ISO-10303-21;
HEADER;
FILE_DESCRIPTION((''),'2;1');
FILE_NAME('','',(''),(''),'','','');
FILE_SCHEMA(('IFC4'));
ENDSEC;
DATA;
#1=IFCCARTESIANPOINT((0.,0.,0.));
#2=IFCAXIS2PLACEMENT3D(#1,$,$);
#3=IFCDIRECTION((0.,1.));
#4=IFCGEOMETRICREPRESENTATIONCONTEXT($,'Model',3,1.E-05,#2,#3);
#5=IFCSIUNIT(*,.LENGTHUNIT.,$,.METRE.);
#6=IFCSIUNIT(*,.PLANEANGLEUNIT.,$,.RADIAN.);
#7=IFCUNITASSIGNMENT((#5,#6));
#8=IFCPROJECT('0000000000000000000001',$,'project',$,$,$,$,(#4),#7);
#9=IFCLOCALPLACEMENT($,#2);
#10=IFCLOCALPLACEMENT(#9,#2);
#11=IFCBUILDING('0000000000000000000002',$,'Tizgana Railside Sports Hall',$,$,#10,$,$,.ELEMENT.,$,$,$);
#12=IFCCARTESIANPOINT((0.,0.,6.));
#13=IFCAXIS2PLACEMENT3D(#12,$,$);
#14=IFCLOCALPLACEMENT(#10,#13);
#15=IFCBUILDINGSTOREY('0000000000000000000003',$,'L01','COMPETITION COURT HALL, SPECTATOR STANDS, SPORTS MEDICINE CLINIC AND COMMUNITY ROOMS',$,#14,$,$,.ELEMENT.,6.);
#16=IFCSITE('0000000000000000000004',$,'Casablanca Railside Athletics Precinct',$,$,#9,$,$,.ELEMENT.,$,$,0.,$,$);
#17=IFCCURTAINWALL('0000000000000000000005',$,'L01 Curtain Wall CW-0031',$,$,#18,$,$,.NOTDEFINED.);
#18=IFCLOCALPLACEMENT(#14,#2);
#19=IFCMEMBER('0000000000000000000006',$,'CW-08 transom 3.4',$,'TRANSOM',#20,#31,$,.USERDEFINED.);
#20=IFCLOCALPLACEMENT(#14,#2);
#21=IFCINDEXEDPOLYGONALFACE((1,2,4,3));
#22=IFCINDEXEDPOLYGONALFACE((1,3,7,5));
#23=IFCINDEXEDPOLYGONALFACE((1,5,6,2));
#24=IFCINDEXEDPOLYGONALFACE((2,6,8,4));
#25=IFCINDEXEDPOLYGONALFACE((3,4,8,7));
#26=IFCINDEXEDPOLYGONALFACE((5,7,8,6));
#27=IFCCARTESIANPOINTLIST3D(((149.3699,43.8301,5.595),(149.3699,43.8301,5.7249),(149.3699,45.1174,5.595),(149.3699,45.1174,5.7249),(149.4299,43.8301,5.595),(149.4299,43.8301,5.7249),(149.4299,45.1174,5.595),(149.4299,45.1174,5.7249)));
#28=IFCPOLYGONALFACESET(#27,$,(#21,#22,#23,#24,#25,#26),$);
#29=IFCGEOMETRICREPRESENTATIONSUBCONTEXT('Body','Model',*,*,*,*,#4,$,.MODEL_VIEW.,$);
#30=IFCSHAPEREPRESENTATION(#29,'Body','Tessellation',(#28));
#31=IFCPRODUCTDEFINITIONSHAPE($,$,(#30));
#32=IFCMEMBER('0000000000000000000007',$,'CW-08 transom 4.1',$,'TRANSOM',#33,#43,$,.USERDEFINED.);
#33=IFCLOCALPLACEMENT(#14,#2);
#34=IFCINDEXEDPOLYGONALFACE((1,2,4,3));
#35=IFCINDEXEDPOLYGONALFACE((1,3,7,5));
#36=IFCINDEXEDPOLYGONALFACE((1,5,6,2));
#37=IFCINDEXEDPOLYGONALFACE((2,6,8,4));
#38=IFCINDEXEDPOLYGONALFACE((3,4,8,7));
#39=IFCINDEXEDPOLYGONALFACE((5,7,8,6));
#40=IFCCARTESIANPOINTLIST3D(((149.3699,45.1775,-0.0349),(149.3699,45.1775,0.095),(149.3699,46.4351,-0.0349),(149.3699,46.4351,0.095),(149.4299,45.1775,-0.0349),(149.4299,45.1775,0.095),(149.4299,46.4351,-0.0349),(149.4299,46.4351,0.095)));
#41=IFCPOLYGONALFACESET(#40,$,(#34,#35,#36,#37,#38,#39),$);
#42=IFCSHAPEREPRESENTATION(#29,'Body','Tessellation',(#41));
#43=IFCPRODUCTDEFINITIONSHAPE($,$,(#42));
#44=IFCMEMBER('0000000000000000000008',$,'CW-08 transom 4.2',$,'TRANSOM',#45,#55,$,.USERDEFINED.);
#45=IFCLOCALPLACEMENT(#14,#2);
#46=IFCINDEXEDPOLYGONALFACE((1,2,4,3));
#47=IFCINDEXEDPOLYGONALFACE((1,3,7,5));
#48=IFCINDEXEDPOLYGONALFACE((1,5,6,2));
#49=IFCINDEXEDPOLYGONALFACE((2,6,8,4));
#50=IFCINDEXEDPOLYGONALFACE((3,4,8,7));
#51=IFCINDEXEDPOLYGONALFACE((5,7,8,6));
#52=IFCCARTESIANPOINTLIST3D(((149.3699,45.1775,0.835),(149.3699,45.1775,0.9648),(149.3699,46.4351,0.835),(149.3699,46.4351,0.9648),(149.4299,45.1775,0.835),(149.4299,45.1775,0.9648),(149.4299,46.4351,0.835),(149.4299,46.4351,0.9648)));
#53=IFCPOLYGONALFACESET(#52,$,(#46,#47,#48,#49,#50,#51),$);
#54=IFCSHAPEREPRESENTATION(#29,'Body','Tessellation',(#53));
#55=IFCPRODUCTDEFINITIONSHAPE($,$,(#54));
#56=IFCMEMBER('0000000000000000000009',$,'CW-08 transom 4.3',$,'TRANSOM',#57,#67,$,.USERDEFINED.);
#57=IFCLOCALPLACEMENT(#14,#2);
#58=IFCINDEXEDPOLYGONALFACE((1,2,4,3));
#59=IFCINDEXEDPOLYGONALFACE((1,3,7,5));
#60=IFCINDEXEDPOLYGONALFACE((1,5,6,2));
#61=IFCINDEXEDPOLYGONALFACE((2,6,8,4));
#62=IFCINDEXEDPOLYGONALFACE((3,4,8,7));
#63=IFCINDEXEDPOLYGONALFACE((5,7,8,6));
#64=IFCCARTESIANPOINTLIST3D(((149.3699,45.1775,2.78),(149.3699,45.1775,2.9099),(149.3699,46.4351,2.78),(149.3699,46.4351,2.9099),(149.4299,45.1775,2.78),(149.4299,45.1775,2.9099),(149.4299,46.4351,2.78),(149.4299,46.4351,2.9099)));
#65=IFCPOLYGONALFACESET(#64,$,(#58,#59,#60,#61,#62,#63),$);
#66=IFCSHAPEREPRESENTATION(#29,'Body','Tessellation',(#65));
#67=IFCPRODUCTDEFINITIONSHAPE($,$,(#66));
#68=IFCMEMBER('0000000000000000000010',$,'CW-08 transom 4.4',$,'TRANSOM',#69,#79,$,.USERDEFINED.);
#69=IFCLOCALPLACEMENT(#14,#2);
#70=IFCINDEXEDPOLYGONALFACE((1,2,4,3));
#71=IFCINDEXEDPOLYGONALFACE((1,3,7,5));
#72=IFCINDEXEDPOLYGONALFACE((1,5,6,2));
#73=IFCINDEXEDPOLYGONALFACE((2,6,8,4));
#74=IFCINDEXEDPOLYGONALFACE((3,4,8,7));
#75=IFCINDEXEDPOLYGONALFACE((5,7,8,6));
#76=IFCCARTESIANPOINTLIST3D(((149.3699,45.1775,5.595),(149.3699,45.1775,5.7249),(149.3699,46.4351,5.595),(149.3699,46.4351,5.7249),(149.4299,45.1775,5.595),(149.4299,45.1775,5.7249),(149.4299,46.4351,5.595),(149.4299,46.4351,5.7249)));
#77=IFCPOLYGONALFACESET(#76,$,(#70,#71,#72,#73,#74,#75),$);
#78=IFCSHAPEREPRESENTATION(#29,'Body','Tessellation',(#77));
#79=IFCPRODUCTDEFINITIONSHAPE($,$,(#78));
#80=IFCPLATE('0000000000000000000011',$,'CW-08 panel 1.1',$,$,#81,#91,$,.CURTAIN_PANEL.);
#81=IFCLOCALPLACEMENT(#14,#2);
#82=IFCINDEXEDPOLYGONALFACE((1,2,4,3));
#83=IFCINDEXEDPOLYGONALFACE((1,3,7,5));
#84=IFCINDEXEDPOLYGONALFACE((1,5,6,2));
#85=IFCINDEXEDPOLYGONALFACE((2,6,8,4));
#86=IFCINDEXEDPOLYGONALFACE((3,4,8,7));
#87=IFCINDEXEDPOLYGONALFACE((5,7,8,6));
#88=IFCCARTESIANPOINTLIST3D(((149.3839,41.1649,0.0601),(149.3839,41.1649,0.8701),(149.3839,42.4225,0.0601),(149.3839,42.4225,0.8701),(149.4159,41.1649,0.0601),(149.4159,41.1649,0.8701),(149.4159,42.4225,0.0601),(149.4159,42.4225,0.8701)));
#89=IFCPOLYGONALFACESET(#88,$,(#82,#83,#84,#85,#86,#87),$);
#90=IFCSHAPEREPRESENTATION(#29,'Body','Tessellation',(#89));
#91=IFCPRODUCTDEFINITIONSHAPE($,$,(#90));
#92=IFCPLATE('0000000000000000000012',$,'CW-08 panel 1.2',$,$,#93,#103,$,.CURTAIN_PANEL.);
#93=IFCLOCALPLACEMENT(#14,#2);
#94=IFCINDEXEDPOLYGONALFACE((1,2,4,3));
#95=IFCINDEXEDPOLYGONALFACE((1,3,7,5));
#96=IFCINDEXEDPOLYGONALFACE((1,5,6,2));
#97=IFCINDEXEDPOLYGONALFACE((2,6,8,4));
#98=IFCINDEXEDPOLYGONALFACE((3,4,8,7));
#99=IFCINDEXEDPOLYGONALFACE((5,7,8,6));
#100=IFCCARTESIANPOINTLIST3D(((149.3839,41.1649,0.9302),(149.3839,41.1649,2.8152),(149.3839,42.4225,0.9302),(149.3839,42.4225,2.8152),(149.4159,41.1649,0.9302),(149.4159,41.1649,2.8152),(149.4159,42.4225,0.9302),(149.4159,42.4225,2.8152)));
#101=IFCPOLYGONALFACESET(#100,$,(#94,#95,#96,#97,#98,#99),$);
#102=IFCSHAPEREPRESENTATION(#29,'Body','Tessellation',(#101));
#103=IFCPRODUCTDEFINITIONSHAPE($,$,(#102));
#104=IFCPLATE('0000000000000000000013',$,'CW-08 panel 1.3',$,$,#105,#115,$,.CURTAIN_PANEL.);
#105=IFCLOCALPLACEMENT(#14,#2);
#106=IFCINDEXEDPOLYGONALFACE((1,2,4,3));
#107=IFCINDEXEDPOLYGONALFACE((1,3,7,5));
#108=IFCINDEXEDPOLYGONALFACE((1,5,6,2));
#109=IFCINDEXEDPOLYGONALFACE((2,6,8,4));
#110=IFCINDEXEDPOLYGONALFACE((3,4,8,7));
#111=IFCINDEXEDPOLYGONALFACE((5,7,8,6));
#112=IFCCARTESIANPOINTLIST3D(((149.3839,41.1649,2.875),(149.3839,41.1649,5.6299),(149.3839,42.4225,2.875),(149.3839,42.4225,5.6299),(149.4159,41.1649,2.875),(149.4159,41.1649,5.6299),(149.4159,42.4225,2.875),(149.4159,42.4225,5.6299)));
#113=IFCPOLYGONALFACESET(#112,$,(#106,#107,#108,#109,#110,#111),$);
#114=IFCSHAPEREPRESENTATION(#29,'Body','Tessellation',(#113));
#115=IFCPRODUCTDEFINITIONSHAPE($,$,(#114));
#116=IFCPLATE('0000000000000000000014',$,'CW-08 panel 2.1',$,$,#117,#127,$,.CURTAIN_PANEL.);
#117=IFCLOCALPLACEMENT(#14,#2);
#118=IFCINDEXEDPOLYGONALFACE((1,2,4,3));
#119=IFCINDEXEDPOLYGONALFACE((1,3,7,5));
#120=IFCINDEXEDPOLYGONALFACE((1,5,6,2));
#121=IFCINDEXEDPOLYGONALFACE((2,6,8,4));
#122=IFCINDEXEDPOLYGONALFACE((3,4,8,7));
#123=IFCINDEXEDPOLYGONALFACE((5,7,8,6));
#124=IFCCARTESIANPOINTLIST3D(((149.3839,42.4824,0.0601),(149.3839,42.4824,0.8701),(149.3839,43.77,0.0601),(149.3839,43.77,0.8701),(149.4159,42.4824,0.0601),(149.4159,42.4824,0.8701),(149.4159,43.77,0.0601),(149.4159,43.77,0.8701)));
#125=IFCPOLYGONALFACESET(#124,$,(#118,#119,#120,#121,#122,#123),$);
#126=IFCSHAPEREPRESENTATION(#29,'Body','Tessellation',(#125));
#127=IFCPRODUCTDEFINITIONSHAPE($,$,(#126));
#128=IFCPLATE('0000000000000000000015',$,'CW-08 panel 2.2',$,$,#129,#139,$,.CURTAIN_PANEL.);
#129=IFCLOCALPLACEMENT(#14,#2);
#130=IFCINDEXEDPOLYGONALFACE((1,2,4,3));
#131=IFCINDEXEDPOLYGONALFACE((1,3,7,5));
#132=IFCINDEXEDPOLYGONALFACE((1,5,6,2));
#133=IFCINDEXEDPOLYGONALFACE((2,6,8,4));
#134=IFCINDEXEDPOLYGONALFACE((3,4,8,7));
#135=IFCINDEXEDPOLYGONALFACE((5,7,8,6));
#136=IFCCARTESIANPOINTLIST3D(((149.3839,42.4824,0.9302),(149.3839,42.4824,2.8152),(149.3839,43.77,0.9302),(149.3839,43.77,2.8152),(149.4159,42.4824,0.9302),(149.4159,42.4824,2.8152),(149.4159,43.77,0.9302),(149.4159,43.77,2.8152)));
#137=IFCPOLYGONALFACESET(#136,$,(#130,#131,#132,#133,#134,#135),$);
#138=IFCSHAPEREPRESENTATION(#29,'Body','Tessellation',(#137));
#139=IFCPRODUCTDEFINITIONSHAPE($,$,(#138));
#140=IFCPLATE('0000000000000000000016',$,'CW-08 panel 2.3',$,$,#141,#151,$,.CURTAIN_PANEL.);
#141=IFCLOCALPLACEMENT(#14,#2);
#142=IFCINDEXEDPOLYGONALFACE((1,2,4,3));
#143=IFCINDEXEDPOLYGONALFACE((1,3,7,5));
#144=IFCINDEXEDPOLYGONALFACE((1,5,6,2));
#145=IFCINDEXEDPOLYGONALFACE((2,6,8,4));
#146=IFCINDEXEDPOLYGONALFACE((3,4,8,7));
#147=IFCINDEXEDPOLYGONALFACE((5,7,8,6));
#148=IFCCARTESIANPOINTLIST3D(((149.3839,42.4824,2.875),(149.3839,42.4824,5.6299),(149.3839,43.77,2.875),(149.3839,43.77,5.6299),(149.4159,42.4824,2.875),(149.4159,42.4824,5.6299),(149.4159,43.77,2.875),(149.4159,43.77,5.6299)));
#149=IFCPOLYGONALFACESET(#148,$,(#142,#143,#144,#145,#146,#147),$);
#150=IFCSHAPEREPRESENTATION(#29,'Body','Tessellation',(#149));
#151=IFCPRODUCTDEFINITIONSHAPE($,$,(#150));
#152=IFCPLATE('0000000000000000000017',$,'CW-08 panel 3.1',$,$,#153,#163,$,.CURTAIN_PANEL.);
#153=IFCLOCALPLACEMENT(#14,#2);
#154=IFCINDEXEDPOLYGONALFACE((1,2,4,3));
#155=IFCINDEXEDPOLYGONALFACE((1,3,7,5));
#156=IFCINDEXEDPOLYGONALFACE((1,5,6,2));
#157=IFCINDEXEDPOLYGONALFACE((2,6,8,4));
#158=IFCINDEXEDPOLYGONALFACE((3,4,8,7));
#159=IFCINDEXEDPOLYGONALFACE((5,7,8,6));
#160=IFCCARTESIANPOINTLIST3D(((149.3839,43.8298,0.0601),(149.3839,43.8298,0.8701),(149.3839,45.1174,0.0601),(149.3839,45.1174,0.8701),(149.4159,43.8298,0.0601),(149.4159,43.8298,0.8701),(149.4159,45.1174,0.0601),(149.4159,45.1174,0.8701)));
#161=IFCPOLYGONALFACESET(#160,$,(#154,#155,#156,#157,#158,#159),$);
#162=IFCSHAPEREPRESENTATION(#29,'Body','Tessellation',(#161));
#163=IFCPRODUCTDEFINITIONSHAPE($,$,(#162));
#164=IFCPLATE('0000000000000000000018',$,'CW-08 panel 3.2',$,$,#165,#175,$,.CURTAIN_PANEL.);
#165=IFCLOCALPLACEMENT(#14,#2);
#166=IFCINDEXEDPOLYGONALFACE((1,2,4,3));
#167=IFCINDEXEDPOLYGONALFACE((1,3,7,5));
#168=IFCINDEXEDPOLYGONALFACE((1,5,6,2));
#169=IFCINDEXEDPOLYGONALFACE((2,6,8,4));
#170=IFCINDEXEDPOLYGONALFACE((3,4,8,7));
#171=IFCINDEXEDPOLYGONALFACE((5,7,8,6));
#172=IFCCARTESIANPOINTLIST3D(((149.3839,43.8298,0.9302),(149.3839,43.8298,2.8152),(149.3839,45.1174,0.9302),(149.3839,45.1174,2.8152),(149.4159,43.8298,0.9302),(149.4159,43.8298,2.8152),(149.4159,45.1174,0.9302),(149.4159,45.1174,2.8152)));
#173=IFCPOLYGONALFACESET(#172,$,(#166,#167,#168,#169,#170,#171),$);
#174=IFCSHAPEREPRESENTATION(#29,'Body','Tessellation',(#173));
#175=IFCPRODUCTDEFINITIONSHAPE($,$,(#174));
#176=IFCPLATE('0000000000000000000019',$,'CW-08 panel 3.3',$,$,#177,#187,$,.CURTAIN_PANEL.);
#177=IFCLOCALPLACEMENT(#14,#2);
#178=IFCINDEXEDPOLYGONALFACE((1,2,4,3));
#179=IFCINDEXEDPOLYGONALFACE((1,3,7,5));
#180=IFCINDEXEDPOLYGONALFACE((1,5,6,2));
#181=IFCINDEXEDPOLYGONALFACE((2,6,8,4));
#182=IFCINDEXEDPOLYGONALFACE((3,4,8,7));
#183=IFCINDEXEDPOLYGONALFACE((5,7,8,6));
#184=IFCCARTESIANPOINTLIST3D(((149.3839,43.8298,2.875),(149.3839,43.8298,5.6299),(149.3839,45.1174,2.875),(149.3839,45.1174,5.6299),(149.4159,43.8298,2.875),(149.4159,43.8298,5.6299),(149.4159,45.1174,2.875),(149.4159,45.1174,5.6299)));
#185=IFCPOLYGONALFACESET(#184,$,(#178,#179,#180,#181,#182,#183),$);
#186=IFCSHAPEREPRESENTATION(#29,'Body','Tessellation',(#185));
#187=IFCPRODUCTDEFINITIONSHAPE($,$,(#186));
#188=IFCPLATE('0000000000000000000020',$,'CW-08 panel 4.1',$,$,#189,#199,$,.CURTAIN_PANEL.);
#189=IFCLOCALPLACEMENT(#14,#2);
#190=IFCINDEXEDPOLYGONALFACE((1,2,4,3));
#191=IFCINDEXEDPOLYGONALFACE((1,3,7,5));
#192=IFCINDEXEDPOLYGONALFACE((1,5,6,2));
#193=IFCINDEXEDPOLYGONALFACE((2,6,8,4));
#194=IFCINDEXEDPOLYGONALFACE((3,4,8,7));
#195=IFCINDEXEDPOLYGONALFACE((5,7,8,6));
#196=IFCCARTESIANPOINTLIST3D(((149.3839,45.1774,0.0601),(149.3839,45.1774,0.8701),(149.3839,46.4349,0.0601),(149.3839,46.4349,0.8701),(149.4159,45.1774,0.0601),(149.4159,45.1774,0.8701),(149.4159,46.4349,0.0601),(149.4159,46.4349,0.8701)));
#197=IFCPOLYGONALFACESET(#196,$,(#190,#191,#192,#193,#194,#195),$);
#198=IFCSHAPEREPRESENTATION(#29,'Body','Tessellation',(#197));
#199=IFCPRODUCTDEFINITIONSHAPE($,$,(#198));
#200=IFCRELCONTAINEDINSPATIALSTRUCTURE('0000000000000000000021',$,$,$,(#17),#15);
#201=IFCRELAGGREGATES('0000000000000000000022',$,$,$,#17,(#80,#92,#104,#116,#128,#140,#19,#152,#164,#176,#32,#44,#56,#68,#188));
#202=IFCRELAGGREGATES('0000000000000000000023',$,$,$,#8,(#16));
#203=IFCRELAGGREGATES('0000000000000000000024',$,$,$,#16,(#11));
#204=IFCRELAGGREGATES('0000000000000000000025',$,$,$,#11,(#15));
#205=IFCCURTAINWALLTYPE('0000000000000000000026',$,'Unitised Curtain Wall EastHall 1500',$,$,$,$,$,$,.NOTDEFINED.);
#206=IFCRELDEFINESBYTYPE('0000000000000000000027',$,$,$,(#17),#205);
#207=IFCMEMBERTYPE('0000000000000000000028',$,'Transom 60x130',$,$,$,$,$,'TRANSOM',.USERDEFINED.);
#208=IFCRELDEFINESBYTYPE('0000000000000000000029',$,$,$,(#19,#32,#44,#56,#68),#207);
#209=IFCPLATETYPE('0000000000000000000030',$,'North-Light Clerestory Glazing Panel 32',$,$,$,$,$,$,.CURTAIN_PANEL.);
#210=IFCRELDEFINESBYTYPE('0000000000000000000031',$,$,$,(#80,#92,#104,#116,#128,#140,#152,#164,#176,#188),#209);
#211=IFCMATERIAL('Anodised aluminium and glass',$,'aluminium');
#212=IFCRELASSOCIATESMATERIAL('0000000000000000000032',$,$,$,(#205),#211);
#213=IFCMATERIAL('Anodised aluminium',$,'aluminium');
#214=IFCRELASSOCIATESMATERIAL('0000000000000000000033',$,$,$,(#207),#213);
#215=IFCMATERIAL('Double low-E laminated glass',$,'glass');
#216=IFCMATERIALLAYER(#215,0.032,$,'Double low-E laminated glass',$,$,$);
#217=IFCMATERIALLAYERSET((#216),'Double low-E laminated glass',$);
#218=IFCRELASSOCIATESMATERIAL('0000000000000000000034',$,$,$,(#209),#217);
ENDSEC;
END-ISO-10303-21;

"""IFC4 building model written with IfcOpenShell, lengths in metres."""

from ifc_helpers import new_model, si_unit, direction, frame, origin, origin_2d, place, context, subcontext, project, spatial, rectangle, extrude, material, layer, layer_set, material_profile, profile_set, type_object, element, aggregate, save


model = new_model("IFC4")

# Units and contexts
model_context = context("Model", 3, precision=1e-05, world=origin(), true_north=direction((0.0, 1.0)))
body_context = subcontext(model_context, "Body", "Model", "MODEL_VIEW")
ifc_project = project(units=[si_unit("LENGTHUNIT", "METRE"), si_unit("PLANEANGLEUNIT", "RADIAN")], contexts=[model_context])

# Site, building, storey
site_placement = place(None, origin())
site = spatial("IfcSite", under=ifc_project, at=site_placement, Name="Casablanca Railside Athletics Precinct", CompositionType="ELEMENT", RefElevation=0.0)
building_placement = place(site_placement, origin())
building = spatial("IfcBuilding", under=site, at=building_placement, Name="Tizgana Railside Sports Hall", CompositionType="ELEMENT")
storey_placement = place(building_placement, frame((0.0, 0.0, 6.0)))
storey = spatial("IfcBuildingStorey", under=building, at=storey_placement, Name="L01", Description="COMPETITION COURT HALL, SPECTATOR STANDS, SPORTS MEDICINE CLINIC AND COMMUNITY ROOMS", CompositionType="ELEMENT", Elevation=6.0)

# Curtain wall
ifc_material_1 = material(Name="Anodised aluminium and glass", Category="aluminium")
curtain_wall_type_1 = type_object("IfcCurtainWallType", Name="Unitised Curtain Wall EastHall 1500", PredefinedType="NOTDEFINED", material=ifc_material_1)
curtain_wall_1_placement = place(storey_placement, origin())
curtain_wall_1 = element("IfcCurtainWall", 1, at=curtain_wall_1_placement, inside=storey, type_object=curtain_wall_type_1, Name="L01 Curtain Wall CW-0031", PredefinedType="NOTDEFINED")
ifc_material_2 = material(Name="Anodised aluminium", Category="aluminium")

# Members
ifc_material_profile_1 = material_profile(ifc_material_2, rectangle(XDim=0.0601, YDim=0.1299, at=origin_2d()), Name="Transom 60x130")
ifc_profile_set_1 = profile_set([ifc_material_profile_1], Name="Anodised aluminium")
member_type_1 = type_object("IfcMemberType", Name="Transom 60x130", ElementType="TRANSOM", PredefinedType="USERDEFINED", material=ifc_profile_set_1)
member_1_placement = place(storey_placement, frame((149.3999, 43.8301, 5.6599), z_axis=(0.0, 1.0, 0.0), x_axis=(-1.0, 0.0, 0.0)))
member_1 = element("IfcMember", 2, at=member_1_placement, type_object=member_type_1, Name="CW-08 transom 3.4", ObjectType="TRANSOM", PredefinedType="USERDEFINED", context=body_context, shape_type="SweptSolid", body=[
    extrude(rectangle(XDim=0.0601, YDim=0.1299, at=origin_2d()), origin(), (0.0, 0.0, 1.0), 1.2874),
])
member_2_placement = place(storey_placement, frame((149.3999, 45.1775, 0.03), z_axis=(0.0, 1.0, 0.0), x_axis=(-1.0, 0.0, 0.0)))
member_2 = element("IfcMember", 3, at=member_2_placement, type_object=member_type_1, Name="CW-08 transom 4.1", ObjectType="TRANSOM", PredefinedType="USERDEFINED", context=body_context, shape_type="SweptSolid", body=[
    extrude(rectangle(XDim=0.0601, YDim=0.1299, at=origin_2d()), origin(), (0.0, 0.0, 1.0), 1.2576),
])
member_3_placement = place(storey_placement, frame((149.3999, 45.1775, 0.8999), z_axis=(0.0, 1.0, 0.0), x_axis=(-1.0, 0.0, 0.0)))
member_3 = element("IfcMember", 4, at=member_3_placement, type_object=member_type_1, Name="CW-08 transom 4.2", ObjectType="TRANSOM", PredefinedType="USERDEFINED", context=body_context, shape_type="SweptSolid", body=[
    extrude(rectangle(XDim=0.0601, YDim=0.1299, at=origin_2d()), origin(), (0.0, 0.0, 1.0), 1.2576),
])
member_4_placement = place(storey_placement, frame((149.3999, 45.1775, 2.845), z_axis=(0.0, 1.0, 0.0), x_axis=(-1.0, 0.0, 0.0)))
member_4 = element("IfcMember", 5, at=member_4_placement, type_object=member_type_1, Name="CW-08 transom 4.3", ObjectType="TRANSOM", PredefinedType="USERDEFINED", context=body_context, shape_type="SweptSolid", body=[
    extrude(rectangle(XDim=0.0601, YDim=0.1299, at=origin_2d()), origin(), (0.0, 0.0, 1.0), 1.2576),
])
member_5_placement = place(storey_placement, frame((149.3999, 45.1775, 5.6599), z_axis=(0.0, 1.0, 0.0), x_axis=(-1.0, 0.0, 0.0)))
member_5 = element("IfcMember", 6, at=member_5_placement, type_object=member_type_1, Name="CW-08 transom 4.4", ObjectType="TRANSOM", PredefinedType="USERDEFINED", context=body_context, shape_type="SweptSolid", body=[
    extrude(rectangle(XDim=0.0601, YDim=0.1299, at=origin_2d()), origin(), (0.0, 0.0, 1.0), 1.2576),
])

# Plates
ifc_material_3 = material(Name="Double low-E laminated glass", Category="glass")
ifc_layer_1 = layer(ifc_material_3, 0.032, Name="Double low-E laminated glass")
ifc_layer_set_1 = layer_set([ifc_layer_1], Name="Double low-E laminated glass")
plate_type = type_object("IfcPlateType", Name="North-Light Clerestory Glazing Panel 32", PredefinedType="CURTAIN_PANEL", material=ifc_layer_set_1)
plate_1_placement = place(storey_placement, frame((149.3999, 41.7937, 0.0601), z_axis=(0.0, 0.0, 1.0), x_axis=(0.0, 1.0, 0.0)))
plate_1 = element("IfcPlate", 7, at=plate_1_placement, type_object=plate_type, Name="CW-08 panel 1.1", PredefinedType="CURTAIN_PANEL", context=body_context, shape_type="SweptSolid", body=[
    extrude(rectangle(XDim=1.2576, YDim=0.032, at=origin_2d()), origin(), (0.0, 0.0, 1.0), 0.8101),
])
plate_2_placement = place(storey_placement, frame((149.3999, 41.7937, 0.9302), z_axis=(0.0, 0.0, 1.0), x_axis=(0.0, 1.0, 0.0)))
plate_2 = element("IfcPlate", 8, at=plate_2_placement, type_object=plate_type, Name="CW-08 panel 1.2", PredefinedType="CURTAIN_PANEL", context=body_context, shape_type="SweptSolid", body=[
    extrude(rectangle(XDim=1.2576, YDim=0.032, at=origin_2d()), origin(), (0.0, 0.0, 1.0), 1.885),
])
plate_3_placement = place(storey_placement, frame((149.3999, 41.7937, 2.875), z_axis=(0.0, 0.0, 1.0), x_axis=(0.0, 1.0, 0.0)))
plate_3 = element("IfcPlate", 9, at=plate_3_placement, type_object=plate_type, Name="CW-08 panel 1.3", PredefinedType="CURTAIN_PANEL", context=body_context, shape_type="SweptSolid", body=[
    extrude(rectangle(XDim=1.2576, YDim=0.032, at=origin_2d()), origin(), (0.0, 0.0, 1.0), 2.7549),
])
plate_4_placement = place(storey_placement, frame((149.3999, 43.1262, 0.0601), z_axis=(0.0, 0.0, 1.0), x_axis=(0.0, 1.0, 0.0)))
plate_4 = element("IfcPlate", 10, at=plate_4_placement, type_object=plate_type, Name="CW-08 panel 2.1", PredefinedType="CURTAIN_PANEL", context=body_context, shape_type="SweptSolid", body=[
    extrude(rectangle(XDim=1.2876, YDim=0.032, at=origin_2d()), origin(), (0.0, 0.0, 1.0), 0.8101),
])
plate_5_placement = place(storey_placement, frame((149.3999, 43.1262, 0.9302), z_axis=(0.0, 0.0, 1.0), x_axis=(0.0, 1.0, 0.0)))
plate_5 = element("IfcPlate", 11, at=plate_5_placement, type_object=plate_type, Name="CW-08 panel 2.2", PredefinedType="CURTAIN_PANEL", context=body_context, shape_type="SweptSolid", body=[
    extrude(rectangle(XDim=1.2876, YDim=0.032, at=origin_2d()), origin(), (0.0, 0.0, 1.0), 1.885),
])
plate_6_placement = place(storey_placement, frame((149.3999, 43.1262, 2.875), z_axis=(0.0, 0.0, 1.0), x_axis=(0.0, 1.0, 0.0)))
plate_6 = element("IfcPlate", 12, at=plate_6_placement, type_object=plate_type, Name="CW-08 panel 2.3", PredefinedType="CURTAIN_PANEL", context=body_context, shape_type="SweptSolid", body=[
    extrude(rectangle(XDim=1.2876, YDim=0.032, at=origin_2d()), origin(), (0.0, 0.0, 1.0), 2.7549),
])
plate_7_placement = place(storey_placement, frame((149.3999, 44.4736, 0.0601), z_axis=(0.0, 0.0, 1.0), x_axis=(0.0, 1.0, 0.0)))
plate_7 = element("IfcPlate", 13, at=plate_7_placement, type_object=plate_type, Name="CW-08 panel 3.1", PredefinedType="CURTAIN_PANEL", context=body_context, shape_type="SweptSolid", body=[
    extrude(rectangle(XDim=1.2876, YDim=0.032, at=origin_2d()), origin(), (0.0, 0.0, 1.0), 0.8101),
])
plate_8_placement = place(storey_placement, frame((149.3999, 44.4736, 0.9302), z_axis=(0.0, 0.0, 1.0), x_axis=(0.0, 1.0, 0.0)))
plate_8 = element("IfcPlate", 14, at=plate_8_placement, type_object=plate_type, Name="CW-08 panel 3.2", PredefinedType="CURTAIN_PANEL", context=body_context, shape_type="SweptSolid", body=[
    extrude(rectangle(XDim=1.2876, YDim=0.032, at=origin_2d()), origin(), (0.0, 0.0, 1.0), 1.885),
])
plate_9_placement = place(storey_placement, frame((149.3999, 44.4736, 2.875), z_axis=(0.0, 0.0, 1.0), x_axis=(0.0, 1.0, 0.0)))
plate_9 = element("IfcPlate", 15, at=plate_9_placement, type_object=plate_type, Name="CW-08 panel 3.3", PredefinedType="CURTAIN_PANEL", context=body_context, shape_type="SweptSolid", body=[
    extrude(rectangle(XDim=1.2876, YDim=0.032, at=origin_2d()), origin(), (0.0, 0.0, 1.0), 2.7549),
])
plate_10_placement = place(storey_placement, frame((149.3999, 45.8062, 0.0601), z_axis=(0.0, 0.0, 1.0), x_axis=(0.0, 1.0, 0.0)))
plate_10 = element("IfcPlate", 16, at=plate_10_placement, type_object=plate_type, Name="CW-08 panel 4.1", PredefinedType="CURTAIN_PANEL", context=body_context, shape_type="SweptSolid", body=[
    extrude(rectangle(XDim=1.2576, YDim=0.032, at=origin_2d()), origin(), (0.0, 0.0, 1.0), 0.8101),
])
aggregate(curtain_wall_1, [plate_1, plate_2, plate_3, plate_4, plate_5, plate_6, member_1, plate_7, plate_8, plate_9, member_2, member_3, member_4, member_5, plate_10])

save(model, "model.ifc")
